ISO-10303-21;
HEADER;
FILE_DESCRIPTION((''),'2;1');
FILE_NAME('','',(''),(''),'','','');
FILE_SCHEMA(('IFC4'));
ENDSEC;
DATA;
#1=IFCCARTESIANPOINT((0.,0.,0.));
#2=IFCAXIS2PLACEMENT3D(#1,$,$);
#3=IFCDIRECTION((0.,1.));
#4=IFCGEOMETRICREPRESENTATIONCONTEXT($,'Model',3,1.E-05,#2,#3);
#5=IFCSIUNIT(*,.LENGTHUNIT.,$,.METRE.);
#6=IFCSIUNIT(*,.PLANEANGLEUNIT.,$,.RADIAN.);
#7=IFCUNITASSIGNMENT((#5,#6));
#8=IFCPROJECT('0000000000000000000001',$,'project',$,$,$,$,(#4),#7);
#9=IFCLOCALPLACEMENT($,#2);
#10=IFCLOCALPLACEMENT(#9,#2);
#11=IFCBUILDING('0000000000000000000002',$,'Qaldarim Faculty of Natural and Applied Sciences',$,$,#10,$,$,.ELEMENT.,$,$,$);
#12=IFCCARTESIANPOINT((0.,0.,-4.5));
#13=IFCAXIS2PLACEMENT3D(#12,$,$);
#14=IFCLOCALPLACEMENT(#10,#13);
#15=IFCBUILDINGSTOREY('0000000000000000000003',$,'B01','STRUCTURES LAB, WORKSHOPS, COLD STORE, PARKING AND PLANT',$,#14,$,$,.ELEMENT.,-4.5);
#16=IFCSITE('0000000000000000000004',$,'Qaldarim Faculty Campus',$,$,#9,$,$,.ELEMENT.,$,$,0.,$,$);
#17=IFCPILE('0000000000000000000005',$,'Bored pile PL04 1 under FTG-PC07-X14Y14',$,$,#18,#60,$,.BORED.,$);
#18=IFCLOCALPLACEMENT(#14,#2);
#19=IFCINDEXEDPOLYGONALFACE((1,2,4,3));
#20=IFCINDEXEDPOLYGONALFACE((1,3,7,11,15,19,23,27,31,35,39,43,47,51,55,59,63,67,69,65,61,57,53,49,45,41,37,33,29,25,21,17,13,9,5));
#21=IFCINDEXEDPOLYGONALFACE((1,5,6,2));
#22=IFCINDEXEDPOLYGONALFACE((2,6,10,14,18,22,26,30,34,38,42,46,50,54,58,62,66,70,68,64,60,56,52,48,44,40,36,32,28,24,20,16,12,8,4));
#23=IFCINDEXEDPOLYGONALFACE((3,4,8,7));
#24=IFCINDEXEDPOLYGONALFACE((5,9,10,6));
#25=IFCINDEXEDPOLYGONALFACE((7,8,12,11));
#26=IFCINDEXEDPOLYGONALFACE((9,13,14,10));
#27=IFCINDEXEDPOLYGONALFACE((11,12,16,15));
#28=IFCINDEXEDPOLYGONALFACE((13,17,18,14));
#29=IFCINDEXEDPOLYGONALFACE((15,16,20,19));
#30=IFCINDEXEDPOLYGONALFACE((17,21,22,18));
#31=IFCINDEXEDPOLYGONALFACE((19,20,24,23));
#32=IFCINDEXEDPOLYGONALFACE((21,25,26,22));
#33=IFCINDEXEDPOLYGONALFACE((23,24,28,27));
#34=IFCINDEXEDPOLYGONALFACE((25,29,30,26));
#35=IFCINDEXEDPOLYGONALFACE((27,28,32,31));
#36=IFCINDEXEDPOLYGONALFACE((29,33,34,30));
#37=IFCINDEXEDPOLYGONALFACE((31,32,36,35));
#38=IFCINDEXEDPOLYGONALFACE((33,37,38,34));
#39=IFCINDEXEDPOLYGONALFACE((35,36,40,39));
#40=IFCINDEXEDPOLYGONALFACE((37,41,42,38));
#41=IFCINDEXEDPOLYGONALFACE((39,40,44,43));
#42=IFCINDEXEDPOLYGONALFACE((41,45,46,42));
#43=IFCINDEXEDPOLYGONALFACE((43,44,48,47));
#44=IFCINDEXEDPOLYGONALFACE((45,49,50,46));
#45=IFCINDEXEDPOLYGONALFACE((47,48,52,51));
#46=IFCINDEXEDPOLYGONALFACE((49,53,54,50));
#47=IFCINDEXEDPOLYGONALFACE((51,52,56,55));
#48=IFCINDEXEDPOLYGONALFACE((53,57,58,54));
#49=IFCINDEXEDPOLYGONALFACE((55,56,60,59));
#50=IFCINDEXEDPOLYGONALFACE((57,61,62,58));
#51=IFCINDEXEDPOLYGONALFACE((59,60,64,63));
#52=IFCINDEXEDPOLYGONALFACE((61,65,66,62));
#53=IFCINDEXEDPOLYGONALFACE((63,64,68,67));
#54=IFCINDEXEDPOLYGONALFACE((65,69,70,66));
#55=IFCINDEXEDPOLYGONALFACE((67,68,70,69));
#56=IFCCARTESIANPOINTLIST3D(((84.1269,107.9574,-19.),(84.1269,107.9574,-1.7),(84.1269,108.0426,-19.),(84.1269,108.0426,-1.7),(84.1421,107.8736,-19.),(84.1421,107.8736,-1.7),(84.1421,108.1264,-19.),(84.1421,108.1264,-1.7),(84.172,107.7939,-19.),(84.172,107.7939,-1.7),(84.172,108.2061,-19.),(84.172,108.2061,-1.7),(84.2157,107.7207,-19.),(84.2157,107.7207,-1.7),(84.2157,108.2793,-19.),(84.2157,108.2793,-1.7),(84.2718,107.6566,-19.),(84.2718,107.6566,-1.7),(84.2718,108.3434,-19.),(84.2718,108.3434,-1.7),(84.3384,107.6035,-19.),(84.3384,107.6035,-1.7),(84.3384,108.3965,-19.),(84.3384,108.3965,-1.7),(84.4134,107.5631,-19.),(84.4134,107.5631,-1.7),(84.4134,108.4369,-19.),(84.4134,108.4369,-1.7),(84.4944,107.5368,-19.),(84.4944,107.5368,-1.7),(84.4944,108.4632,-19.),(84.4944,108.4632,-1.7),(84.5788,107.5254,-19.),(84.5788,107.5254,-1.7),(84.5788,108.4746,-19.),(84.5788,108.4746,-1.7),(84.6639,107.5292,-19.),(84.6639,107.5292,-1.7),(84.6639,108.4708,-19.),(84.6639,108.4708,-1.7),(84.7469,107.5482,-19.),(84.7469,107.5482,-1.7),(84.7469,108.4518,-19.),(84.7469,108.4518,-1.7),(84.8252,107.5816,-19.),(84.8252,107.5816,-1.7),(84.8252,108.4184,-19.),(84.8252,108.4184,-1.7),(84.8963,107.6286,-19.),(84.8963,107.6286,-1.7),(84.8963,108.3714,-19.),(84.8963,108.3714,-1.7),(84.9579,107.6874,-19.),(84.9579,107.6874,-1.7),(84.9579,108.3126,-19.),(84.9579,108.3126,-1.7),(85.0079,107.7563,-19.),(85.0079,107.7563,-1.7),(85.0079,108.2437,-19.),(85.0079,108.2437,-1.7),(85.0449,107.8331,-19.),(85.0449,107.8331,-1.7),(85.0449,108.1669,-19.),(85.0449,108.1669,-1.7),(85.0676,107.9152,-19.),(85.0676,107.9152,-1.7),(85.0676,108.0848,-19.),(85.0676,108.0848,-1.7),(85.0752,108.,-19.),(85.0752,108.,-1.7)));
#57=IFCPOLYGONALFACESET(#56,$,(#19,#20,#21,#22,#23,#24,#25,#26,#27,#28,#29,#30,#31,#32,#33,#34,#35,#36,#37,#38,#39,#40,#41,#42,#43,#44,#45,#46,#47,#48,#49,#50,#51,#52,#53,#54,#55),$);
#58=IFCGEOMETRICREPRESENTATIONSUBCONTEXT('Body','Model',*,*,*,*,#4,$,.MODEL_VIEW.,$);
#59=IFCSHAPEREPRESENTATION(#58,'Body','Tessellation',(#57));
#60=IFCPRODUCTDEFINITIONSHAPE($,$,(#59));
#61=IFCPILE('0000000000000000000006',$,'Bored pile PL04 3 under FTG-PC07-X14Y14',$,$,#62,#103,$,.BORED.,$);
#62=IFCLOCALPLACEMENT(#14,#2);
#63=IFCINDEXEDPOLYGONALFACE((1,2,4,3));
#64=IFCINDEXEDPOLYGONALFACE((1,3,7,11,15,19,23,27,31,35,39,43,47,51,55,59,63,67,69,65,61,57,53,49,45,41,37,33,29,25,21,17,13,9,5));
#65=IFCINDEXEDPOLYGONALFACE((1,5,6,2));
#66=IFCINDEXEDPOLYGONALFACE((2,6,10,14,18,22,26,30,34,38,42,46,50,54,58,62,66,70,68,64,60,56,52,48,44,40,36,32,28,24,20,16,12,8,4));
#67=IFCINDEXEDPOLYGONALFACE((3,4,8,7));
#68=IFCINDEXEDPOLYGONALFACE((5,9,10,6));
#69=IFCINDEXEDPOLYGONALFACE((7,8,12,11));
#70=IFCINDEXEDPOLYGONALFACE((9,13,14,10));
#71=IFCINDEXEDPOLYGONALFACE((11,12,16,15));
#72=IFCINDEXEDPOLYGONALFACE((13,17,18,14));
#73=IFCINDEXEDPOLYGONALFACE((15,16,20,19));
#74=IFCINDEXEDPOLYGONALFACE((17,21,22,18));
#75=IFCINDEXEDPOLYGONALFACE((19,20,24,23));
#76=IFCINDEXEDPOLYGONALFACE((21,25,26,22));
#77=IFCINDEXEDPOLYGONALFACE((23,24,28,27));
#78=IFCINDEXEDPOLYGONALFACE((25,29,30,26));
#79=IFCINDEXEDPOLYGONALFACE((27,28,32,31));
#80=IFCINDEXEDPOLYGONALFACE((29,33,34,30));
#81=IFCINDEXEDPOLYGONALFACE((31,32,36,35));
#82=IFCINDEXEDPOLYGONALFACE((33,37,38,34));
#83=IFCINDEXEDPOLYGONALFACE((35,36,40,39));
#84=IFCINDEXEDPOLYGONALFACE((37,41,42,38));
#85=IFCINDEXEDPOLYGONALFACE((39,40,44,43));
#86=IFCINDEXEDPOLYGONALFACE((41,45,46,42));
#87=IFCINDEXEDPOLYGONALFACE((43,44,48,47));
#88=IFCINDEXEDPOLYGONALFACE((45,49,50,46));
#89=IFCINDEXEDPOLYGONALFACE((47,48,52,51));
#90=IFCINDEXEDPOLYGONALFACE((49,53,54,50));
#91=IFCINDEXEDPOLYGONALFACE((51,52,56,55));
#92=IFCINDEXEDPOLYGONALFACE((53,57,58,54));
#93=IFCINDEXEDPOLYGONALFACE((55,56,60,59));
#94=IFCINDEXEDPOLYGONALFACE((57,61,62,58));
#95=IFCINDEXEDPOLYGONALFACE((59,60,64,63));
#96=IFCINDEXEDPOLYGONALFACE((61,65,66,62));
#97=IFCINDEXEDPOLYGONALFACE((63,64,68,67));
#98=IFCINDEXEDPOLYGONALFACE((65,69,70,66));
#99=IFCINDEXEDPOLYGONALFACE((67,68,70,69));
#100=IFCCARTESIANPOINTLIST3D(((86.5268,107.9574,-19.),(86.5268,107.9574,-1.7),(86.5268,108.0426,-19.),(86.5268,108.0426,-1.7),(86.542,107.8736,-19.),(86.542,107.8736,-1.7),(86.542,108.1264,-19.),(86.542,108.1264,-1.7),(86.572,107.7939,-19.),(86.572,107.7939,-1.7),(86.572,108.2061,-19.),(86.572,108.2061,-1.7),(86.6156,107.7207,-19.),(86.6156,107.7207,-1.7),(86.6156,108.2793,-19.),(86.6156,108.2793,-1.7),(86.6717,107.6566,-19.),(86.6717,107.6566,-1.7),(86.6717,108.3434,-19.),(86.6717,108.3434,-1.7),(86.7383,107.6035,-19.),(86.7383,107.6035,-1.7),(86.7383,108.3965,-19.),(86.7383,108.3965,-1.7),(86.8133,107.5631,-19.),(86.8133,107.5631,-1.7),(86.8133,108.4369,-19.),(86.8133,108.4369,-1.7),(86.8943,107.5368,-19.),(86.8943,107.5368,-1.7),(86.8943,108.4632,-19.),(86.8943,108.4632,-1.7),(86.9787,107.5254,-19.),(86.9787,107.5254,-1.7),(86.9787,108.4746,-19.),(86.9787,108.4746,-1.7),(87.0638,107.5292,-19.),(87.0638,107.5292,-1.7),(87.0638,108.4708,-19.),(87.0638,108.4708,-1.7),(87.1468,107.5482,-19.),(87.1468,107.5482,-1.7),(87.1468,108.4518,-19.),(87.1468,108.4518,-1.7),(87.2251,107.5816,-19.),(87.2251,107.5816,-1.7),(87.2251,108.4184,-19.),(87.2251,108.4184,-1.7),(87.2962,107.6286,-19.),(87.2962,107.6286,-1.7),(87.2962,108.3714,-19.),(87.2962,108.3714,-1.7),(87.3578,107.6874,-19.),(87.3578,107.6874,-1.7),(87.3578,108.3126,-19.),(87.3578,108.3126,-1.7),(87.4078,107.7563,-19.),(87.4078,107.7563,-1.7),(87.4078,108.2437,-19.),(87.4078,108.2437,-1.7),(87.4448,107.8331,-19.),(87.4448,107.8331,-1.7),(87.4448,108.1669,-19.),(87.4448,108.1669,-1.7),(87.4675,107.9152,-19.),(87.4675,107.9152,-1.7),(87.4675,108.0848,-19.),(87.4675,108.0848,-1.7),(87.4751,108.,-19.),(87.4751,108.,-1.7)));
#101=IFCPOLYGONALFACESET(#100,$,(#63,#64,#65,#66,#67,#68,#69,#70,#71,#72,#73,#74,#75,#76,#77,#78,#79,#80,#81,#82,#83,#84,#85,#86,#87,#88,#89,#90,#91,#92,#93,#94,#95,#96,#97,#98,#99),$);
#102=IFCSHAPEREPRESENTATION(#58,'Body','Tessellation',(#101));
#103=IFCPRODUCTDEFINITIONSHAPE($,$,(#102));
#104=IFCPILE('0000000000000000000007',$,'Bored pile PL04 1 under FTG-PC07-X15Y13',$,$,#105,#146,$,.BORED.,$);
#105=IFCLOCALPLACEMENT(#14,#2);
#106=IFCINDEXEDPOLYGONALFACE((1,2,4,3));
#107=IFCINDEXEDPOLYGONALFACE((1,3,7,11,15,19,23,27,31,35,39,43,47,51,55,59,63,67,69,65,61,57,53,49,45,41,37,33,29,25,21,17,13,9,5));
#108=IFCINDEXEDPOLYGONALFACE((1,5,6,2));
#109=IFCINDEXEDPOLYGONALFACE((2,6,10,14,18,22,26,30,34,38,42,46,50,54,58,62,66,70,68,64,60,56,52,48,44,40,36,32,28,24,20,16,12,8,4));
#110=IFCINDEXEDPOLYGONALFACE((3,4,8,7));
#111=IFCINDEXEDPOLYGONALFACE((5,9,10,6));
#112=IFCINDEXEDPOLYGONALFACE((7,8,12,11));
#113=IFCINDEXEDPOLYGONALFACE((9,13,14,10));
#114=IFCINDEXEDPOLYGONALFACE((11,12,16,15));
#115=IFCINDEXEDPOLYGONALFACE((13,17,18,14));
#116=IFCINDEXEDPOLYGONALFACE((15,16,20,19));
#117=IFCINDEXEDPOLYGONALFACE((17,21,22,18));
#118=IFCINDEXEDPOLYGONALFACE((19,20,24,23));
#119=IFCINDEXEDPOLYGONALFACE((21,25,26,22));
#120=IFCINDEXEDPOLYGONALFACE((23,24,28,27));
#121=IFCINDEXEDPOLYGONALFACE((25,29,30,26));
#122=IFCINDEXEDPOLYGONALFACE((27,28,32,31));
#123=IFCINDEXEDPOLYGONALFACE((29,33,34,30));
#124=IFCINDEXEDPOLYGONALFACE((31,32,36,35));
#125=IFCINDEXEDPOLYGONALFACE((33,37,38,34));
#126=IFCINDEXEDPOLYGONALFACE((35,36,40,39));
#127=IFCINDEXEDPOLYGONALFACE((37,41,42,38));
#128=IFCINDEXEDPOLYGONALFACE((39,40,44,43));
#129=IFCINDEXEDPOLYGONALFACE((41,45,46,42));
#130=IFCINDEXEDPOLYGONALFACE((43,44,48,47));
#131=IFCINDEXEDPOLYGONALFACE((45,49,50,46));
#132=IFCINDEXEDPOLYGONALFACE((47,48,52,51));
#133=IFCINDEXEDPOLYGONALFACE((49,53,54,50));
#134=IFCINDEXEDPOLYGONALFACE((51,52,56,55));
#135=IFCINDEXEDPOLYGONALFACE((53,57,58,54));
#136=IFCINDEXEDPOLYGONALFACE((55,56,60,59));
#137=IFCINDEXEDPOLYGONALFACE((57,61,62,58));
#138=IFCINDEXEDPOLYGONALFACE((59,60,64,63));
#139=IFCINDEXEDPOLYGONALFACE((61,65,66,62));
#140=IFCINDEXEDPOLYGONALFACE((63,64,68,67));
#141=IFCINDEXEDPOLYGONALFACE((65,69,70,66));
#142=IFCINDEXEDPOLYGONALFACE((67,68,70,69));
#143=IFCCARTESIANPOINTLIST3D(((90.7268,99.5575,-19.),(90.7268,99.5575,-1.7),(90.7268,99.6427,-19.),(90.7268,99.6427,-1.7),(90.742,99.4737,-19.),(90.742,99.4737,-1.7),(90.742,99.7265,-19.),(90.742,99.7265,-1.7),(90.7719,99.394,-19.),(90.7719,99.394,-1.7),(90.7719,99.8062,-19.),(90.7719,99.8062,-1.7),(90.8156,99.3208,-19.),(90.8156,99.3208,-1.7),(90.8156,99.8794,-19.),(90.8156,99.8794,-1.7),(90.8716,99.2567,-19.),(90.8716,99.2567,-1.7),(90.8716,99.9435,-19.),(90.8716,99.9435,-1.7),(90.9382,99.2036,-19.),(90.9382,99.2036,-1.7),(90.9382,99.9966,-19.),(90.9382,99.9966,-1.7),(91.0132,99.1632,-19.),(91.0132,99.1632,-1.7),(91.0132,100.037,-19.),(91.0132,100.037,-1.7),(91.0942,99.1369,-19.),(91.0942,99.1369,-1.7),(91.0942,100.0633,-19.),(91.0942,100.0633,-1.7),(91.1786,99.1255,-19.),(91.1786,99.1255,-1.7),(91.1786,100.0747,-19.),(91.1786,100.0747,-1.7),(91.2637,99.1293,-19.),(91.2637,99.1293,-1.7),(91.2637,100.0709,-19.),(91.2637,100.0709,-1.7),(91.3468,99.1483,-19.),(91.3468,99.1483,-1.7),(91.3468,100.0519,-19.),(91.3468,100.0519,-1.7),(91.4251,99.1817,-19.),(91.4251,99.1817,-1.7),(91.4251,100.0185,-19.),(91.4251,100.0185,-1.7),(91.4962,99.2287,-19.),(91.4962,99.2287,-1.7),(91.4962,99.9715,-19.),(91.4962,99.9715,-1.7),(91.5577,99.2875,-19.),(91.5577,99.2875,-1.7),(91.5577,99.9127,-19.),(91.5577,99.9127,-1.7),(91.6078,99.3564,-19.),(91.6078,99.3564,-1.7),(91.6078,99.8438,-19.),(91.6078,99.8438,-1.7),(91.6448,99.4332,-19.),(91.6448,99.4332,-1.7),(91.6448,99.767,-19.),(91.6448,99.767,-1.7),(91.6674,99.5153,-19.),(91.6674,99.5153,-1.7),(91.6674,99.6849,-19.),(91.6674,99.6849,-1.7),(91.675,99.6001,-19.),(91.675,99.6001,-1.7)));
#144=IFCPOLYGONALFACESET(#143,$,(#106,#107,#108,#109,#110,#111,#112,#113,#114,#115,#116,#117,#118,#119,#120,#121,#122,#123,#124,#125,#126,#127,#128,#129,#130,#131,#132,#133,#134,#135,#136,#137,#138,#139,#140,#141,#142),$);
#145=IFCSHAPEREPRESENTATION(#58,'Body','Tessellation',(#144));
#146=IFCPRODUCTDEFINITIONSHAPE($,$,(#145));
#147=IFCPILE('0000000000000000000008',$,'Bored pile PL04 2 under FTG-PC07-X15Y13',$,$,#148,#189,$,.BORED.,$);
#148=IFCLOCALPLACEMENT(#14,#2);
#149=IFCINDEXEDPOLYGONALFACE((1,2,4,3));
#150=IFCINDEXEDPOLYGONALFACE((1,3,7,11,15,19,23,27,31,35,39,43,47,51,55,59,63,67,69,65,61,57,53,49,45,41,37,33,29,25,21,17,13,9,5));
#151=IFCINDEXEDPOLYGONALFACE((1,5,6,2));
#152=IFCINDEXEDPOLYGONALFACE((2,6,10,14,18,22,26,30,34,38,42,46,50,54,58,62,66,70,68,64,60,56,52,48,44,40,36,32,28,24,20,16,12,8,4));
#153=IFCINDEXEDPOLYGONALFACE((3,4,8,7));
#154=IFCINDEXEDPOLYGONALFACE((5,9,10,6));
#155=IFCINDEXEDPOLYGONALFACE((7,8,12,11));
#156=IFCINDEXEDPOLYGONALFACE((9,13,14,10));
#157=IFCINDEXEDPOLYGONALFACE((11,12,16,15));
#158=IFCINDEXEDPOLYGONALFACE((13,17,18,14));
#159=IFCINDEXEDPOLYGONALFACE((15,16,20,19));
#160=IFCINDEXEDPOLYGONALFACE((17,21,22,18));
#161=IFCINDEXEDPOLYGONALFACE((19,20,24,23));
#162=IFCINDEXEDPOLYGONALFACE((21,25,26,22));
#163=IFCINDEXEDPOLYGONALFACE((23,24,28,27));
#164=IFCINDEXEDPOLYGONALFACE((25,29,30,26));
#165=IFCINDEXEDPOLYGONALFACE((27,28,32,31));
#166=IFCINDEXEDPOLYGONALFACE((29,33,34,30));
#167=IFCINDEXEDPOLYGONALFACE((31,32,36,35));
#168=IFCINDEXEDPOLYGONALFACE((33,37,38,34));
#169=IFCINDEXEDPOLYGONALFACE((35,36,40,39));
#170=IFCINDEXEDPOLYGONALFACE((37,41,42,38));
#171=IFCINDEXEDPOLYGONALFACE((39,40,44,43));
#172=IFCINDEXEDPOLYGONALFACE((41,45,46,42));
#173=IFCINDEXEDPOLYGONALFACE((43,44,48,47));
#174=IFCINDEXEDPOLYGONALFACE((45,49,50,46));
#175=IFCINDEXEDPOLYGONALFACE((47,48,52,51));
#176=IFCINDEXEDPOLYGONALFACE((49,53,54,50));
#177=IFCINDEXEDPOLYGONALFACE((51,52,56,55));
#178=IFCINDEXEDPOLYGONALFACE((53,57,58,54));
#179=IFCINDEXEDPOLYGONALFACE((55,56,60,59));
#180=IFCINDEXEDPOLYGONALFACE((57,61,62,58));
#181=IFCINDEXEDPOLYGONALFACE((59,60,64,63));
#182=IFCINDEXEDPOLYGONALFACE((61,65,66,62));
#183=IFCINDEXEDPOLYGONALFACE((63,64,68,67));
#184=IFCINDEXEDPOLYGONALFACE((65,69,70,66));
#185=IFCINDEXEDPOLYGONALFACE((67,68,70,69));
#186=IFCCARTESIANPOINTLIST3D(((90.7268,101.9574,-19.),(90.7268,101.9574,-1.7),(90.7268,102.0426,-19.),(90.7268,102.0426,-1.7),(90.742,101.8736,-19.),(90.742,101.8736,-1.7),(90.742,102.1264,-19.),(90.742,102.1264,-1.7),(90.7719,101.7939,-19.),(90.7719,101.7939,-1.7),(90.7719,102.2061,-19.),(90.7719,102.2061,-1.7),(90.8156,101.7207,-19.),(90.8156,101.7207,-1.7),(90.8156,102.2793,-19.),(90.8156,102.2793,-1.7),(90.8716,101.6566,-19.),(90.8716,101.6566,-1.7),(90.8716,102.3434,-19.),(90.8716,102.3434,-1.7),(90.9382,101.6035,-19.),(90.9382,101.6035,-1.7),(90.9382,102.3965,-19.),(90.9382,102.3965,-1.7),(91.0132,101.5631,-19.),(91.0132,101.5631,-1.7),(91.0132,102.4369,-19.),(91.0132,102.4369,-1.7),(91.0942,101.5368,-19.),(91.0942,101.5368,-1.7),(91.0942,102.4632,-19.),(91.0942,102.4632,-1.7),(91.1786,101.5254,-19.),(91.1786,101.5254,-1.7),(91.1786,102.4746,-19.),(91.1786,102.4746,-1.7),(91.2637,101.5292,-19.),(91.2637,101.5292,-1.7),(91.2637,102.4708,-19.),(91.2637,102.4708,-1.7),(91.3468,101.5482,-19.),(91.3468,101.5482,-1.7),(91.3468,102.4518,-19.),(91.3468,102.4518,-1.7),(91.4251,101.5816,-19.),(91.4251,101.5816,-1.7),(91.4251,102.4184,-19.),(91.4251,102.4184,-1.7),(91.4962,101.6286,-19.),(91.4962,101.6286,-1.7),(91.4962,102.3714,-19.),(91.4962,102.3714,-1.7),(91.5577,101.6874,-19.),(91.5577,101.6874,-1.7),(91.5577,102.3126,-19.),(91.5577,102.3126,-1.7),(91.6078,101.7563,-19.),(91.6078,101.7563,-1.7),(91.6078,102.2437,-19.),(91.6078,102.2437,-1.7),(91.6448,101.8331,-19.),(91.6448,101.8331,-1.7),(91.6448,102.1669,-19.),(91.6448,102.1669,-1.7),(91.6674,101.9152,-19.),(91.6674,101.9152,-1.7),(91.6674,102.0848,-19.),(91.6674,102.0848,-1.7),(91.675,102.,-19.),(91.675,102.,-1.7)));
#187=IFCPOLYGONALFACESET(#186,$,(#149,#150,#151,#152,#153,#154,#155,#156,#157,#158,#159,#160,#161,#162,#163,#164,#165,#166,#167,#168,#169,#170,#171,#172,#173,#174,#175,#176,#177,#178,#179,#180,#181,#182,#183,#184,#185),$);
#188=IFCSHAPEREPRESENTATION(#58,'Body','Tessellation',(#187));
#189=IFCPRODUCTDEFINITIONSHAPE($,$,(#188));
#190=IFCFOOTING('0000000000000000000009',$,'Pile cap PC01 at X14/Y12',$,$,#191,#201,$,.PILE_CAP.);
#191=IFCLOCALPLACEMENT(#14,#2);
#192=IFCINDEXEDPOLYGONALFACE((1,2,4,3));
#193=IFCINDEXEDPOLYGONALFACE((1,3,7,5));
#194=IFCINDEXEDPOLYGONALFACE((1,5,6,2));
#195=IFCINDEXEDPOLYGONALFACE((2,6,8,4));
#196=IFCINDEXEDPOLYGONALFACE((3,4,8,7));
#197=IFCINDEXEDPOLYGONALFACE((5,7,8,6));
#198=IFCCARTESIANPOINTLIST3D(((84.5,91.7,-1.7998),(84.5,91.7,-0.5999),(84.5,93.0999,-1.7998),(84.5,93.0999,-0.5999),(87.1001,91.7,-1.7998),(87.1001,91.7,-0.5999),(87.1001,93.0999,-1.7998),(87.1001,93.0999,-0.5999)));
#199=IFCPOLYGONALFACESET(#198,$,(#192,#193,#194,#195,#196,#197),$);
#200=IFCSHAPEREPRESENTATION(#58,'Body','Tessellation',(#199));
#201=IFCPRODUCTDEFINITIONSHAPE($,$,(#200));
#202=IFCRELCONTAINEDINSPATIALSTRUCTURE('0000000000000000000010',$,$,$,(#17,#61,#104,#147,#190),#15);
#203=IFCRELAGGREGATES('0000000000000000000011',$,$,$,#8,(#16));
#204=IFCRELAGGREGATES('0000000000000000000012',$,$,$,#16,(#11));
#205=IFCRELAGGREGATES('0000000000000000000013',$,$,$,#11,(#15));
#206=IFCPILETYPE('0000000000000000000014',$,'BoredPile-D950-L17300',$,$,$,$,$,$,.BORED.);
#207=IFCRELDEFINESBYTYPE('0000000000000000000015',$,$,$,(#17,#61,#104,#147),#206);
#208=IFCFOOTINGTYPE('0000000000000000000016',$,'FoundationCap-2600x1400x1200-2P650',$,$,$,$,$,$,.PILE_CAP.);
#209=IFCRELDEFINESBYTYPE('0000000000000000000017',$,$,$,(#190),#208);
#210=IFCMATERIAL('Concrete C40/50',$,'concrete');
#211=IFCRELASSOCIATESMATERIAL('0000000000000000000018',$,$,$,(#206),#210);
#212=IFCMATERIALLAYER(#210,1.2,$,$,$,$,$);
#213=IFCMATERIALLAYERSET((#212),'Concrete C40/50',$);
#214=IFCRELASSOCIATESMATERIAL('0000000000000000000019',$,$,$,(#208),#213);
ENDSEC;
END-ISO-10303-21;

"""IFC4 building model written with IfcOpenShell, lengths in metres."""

from ifc_helpers import new_model, si_unit, direction, frame, origin, origin_2d, place, context, subcontext, project, spatial, rectangle, circle, extrude, material, layer, layer_set, material_profile, profile_set, type_object, element, save


model = new_model("IFC4")

# Units and contexts
model_context = context("Model", 3, precision=1e-05, world=origin(), true_north=direction((0.0, 1.0)))
body_context = subcontext(model_context, "Body", "Model", "MODEL_VIEW")
ifc_project = project(units=[si_unit("LENGTHUNIT", "METRE"), si_unit("PLANEANGLEUNIT", "RADIAN")], contexts=[model_context])

# Site, building, storey
site_placement = place(None, origin())
site = spatial("IfcSite", under=ifc_project, at=site_placement, Name="Qaldarim Faculty Campus", CompositionType="ELEMENT", RefElevation=0.0)
building_placement = place(site_placement, origin())
building = spatial("IfcBuilding", under=site, at=building_placement, Name="Qaldarim Faculty of Natural and Applied Sciences", CompositionType="ELEMENT")
storey_placement = place(building_placement, frame((0.0, 0.0, -4.5)))
storey = spatial("IfcBuildingStorey", under=building, at=storey_placement, Name="B01", Description="STRUCTURES LAB, WORKSHOPS, COLD STORE, PARKING AND PLANT", CompositionType="ELEMENT", Elevation=-4.5)

# Piles
ifc_material_1 = material(Name="Concrete C40/50", Category="concrete")
ifc_material_profile_1 = material_profile(ifc_material_1, circle(Radius=0.4751, at=origin_2d()), Name="PILE-D950")
ifc_profile_set_1 = profile_set([ifc_material_profile_1], Name="Concrete C40/50")
pile_type_1 = type_object("IfcPileType", Name="BoredPile-D950-L17300", PredefinedType="BORED", material=ifc_profile_set_1)
for number, where, z_axis, x_axis, name in (
    (1, (84.6001, 108.0, -1.7), (0.0, 0.0, -1.0), (1.0, 0.0, 0.0), "Bored pile PL04 1 under FTG-PC07-X14Y14"),
    (2, (87.0, 108.0, -1.7), (0.0, 0.0, -1.0), (1.0, 0.0, 0.0), "Bored pile PL04 3 under FTG-PC07-X14Y14"),
    (3, (91.2, 99.6001, -1.7), (0.0, 0.0, -1.0), (1.0, 0.0, 0.0), "Bored pile PL04 1 under FTG-PC07-X15Y13"),
    (4, (91.2, 102.0, -1.7), (0.0, 0.0, -1.0), (1.0, 0.0, 0.0), "Bored pile PL04 2 under FTG-PC07-X15Y13"),
):
    element("IfcPile", number, at=place(storey_placement, frame(where, z_axis=z_axis, x_axis=x_axis)), inside=storey, type_object=pile_type_1, Name=name, PredefinedType="BORED", context=body_context, shape_type="SweptSolid", body=[
        extrude(circle(Radius=0.4751, at=origin_2d()), origin(), (0.0, 0.0, 1.0), 17.3),
    ])

# Footing
ifc_layer_1 = layer(ifc_material_1, 1.2)
ifc_layer_set_1 = layer_set([ifc_layer_1], Name="Concrete C40/50")
footing_type_1 = type_object("IfcFootingType", Name="FoundationCap-2600x1400x1200-2P650", PredefinedType="PILE_CAP", material=ifc_layer_set_1)
footing_1_placement = place(storey_placement, frame((85.8, 92.3999, -1.7998), z_axis=(0.0, 0.0, 1.0), x_axis=(1.0, 0.0, 0.0)))
element("IfcFooting", 5, at=footing_1_placement, inside=storey, type_object=footing_type_1, Name="Pile cap PC01 at X14/Y12", PredefinedType="PILE_CAP", context=body_context, shape_type="SweptSolid", body=[
    extrude(rectangle(XDim=2.6001, YDim=1.3999, at=origin_2d()), origin(), (0.0, 0.0, 1.0), 1.2),
])

save(model, "model.ifc")
